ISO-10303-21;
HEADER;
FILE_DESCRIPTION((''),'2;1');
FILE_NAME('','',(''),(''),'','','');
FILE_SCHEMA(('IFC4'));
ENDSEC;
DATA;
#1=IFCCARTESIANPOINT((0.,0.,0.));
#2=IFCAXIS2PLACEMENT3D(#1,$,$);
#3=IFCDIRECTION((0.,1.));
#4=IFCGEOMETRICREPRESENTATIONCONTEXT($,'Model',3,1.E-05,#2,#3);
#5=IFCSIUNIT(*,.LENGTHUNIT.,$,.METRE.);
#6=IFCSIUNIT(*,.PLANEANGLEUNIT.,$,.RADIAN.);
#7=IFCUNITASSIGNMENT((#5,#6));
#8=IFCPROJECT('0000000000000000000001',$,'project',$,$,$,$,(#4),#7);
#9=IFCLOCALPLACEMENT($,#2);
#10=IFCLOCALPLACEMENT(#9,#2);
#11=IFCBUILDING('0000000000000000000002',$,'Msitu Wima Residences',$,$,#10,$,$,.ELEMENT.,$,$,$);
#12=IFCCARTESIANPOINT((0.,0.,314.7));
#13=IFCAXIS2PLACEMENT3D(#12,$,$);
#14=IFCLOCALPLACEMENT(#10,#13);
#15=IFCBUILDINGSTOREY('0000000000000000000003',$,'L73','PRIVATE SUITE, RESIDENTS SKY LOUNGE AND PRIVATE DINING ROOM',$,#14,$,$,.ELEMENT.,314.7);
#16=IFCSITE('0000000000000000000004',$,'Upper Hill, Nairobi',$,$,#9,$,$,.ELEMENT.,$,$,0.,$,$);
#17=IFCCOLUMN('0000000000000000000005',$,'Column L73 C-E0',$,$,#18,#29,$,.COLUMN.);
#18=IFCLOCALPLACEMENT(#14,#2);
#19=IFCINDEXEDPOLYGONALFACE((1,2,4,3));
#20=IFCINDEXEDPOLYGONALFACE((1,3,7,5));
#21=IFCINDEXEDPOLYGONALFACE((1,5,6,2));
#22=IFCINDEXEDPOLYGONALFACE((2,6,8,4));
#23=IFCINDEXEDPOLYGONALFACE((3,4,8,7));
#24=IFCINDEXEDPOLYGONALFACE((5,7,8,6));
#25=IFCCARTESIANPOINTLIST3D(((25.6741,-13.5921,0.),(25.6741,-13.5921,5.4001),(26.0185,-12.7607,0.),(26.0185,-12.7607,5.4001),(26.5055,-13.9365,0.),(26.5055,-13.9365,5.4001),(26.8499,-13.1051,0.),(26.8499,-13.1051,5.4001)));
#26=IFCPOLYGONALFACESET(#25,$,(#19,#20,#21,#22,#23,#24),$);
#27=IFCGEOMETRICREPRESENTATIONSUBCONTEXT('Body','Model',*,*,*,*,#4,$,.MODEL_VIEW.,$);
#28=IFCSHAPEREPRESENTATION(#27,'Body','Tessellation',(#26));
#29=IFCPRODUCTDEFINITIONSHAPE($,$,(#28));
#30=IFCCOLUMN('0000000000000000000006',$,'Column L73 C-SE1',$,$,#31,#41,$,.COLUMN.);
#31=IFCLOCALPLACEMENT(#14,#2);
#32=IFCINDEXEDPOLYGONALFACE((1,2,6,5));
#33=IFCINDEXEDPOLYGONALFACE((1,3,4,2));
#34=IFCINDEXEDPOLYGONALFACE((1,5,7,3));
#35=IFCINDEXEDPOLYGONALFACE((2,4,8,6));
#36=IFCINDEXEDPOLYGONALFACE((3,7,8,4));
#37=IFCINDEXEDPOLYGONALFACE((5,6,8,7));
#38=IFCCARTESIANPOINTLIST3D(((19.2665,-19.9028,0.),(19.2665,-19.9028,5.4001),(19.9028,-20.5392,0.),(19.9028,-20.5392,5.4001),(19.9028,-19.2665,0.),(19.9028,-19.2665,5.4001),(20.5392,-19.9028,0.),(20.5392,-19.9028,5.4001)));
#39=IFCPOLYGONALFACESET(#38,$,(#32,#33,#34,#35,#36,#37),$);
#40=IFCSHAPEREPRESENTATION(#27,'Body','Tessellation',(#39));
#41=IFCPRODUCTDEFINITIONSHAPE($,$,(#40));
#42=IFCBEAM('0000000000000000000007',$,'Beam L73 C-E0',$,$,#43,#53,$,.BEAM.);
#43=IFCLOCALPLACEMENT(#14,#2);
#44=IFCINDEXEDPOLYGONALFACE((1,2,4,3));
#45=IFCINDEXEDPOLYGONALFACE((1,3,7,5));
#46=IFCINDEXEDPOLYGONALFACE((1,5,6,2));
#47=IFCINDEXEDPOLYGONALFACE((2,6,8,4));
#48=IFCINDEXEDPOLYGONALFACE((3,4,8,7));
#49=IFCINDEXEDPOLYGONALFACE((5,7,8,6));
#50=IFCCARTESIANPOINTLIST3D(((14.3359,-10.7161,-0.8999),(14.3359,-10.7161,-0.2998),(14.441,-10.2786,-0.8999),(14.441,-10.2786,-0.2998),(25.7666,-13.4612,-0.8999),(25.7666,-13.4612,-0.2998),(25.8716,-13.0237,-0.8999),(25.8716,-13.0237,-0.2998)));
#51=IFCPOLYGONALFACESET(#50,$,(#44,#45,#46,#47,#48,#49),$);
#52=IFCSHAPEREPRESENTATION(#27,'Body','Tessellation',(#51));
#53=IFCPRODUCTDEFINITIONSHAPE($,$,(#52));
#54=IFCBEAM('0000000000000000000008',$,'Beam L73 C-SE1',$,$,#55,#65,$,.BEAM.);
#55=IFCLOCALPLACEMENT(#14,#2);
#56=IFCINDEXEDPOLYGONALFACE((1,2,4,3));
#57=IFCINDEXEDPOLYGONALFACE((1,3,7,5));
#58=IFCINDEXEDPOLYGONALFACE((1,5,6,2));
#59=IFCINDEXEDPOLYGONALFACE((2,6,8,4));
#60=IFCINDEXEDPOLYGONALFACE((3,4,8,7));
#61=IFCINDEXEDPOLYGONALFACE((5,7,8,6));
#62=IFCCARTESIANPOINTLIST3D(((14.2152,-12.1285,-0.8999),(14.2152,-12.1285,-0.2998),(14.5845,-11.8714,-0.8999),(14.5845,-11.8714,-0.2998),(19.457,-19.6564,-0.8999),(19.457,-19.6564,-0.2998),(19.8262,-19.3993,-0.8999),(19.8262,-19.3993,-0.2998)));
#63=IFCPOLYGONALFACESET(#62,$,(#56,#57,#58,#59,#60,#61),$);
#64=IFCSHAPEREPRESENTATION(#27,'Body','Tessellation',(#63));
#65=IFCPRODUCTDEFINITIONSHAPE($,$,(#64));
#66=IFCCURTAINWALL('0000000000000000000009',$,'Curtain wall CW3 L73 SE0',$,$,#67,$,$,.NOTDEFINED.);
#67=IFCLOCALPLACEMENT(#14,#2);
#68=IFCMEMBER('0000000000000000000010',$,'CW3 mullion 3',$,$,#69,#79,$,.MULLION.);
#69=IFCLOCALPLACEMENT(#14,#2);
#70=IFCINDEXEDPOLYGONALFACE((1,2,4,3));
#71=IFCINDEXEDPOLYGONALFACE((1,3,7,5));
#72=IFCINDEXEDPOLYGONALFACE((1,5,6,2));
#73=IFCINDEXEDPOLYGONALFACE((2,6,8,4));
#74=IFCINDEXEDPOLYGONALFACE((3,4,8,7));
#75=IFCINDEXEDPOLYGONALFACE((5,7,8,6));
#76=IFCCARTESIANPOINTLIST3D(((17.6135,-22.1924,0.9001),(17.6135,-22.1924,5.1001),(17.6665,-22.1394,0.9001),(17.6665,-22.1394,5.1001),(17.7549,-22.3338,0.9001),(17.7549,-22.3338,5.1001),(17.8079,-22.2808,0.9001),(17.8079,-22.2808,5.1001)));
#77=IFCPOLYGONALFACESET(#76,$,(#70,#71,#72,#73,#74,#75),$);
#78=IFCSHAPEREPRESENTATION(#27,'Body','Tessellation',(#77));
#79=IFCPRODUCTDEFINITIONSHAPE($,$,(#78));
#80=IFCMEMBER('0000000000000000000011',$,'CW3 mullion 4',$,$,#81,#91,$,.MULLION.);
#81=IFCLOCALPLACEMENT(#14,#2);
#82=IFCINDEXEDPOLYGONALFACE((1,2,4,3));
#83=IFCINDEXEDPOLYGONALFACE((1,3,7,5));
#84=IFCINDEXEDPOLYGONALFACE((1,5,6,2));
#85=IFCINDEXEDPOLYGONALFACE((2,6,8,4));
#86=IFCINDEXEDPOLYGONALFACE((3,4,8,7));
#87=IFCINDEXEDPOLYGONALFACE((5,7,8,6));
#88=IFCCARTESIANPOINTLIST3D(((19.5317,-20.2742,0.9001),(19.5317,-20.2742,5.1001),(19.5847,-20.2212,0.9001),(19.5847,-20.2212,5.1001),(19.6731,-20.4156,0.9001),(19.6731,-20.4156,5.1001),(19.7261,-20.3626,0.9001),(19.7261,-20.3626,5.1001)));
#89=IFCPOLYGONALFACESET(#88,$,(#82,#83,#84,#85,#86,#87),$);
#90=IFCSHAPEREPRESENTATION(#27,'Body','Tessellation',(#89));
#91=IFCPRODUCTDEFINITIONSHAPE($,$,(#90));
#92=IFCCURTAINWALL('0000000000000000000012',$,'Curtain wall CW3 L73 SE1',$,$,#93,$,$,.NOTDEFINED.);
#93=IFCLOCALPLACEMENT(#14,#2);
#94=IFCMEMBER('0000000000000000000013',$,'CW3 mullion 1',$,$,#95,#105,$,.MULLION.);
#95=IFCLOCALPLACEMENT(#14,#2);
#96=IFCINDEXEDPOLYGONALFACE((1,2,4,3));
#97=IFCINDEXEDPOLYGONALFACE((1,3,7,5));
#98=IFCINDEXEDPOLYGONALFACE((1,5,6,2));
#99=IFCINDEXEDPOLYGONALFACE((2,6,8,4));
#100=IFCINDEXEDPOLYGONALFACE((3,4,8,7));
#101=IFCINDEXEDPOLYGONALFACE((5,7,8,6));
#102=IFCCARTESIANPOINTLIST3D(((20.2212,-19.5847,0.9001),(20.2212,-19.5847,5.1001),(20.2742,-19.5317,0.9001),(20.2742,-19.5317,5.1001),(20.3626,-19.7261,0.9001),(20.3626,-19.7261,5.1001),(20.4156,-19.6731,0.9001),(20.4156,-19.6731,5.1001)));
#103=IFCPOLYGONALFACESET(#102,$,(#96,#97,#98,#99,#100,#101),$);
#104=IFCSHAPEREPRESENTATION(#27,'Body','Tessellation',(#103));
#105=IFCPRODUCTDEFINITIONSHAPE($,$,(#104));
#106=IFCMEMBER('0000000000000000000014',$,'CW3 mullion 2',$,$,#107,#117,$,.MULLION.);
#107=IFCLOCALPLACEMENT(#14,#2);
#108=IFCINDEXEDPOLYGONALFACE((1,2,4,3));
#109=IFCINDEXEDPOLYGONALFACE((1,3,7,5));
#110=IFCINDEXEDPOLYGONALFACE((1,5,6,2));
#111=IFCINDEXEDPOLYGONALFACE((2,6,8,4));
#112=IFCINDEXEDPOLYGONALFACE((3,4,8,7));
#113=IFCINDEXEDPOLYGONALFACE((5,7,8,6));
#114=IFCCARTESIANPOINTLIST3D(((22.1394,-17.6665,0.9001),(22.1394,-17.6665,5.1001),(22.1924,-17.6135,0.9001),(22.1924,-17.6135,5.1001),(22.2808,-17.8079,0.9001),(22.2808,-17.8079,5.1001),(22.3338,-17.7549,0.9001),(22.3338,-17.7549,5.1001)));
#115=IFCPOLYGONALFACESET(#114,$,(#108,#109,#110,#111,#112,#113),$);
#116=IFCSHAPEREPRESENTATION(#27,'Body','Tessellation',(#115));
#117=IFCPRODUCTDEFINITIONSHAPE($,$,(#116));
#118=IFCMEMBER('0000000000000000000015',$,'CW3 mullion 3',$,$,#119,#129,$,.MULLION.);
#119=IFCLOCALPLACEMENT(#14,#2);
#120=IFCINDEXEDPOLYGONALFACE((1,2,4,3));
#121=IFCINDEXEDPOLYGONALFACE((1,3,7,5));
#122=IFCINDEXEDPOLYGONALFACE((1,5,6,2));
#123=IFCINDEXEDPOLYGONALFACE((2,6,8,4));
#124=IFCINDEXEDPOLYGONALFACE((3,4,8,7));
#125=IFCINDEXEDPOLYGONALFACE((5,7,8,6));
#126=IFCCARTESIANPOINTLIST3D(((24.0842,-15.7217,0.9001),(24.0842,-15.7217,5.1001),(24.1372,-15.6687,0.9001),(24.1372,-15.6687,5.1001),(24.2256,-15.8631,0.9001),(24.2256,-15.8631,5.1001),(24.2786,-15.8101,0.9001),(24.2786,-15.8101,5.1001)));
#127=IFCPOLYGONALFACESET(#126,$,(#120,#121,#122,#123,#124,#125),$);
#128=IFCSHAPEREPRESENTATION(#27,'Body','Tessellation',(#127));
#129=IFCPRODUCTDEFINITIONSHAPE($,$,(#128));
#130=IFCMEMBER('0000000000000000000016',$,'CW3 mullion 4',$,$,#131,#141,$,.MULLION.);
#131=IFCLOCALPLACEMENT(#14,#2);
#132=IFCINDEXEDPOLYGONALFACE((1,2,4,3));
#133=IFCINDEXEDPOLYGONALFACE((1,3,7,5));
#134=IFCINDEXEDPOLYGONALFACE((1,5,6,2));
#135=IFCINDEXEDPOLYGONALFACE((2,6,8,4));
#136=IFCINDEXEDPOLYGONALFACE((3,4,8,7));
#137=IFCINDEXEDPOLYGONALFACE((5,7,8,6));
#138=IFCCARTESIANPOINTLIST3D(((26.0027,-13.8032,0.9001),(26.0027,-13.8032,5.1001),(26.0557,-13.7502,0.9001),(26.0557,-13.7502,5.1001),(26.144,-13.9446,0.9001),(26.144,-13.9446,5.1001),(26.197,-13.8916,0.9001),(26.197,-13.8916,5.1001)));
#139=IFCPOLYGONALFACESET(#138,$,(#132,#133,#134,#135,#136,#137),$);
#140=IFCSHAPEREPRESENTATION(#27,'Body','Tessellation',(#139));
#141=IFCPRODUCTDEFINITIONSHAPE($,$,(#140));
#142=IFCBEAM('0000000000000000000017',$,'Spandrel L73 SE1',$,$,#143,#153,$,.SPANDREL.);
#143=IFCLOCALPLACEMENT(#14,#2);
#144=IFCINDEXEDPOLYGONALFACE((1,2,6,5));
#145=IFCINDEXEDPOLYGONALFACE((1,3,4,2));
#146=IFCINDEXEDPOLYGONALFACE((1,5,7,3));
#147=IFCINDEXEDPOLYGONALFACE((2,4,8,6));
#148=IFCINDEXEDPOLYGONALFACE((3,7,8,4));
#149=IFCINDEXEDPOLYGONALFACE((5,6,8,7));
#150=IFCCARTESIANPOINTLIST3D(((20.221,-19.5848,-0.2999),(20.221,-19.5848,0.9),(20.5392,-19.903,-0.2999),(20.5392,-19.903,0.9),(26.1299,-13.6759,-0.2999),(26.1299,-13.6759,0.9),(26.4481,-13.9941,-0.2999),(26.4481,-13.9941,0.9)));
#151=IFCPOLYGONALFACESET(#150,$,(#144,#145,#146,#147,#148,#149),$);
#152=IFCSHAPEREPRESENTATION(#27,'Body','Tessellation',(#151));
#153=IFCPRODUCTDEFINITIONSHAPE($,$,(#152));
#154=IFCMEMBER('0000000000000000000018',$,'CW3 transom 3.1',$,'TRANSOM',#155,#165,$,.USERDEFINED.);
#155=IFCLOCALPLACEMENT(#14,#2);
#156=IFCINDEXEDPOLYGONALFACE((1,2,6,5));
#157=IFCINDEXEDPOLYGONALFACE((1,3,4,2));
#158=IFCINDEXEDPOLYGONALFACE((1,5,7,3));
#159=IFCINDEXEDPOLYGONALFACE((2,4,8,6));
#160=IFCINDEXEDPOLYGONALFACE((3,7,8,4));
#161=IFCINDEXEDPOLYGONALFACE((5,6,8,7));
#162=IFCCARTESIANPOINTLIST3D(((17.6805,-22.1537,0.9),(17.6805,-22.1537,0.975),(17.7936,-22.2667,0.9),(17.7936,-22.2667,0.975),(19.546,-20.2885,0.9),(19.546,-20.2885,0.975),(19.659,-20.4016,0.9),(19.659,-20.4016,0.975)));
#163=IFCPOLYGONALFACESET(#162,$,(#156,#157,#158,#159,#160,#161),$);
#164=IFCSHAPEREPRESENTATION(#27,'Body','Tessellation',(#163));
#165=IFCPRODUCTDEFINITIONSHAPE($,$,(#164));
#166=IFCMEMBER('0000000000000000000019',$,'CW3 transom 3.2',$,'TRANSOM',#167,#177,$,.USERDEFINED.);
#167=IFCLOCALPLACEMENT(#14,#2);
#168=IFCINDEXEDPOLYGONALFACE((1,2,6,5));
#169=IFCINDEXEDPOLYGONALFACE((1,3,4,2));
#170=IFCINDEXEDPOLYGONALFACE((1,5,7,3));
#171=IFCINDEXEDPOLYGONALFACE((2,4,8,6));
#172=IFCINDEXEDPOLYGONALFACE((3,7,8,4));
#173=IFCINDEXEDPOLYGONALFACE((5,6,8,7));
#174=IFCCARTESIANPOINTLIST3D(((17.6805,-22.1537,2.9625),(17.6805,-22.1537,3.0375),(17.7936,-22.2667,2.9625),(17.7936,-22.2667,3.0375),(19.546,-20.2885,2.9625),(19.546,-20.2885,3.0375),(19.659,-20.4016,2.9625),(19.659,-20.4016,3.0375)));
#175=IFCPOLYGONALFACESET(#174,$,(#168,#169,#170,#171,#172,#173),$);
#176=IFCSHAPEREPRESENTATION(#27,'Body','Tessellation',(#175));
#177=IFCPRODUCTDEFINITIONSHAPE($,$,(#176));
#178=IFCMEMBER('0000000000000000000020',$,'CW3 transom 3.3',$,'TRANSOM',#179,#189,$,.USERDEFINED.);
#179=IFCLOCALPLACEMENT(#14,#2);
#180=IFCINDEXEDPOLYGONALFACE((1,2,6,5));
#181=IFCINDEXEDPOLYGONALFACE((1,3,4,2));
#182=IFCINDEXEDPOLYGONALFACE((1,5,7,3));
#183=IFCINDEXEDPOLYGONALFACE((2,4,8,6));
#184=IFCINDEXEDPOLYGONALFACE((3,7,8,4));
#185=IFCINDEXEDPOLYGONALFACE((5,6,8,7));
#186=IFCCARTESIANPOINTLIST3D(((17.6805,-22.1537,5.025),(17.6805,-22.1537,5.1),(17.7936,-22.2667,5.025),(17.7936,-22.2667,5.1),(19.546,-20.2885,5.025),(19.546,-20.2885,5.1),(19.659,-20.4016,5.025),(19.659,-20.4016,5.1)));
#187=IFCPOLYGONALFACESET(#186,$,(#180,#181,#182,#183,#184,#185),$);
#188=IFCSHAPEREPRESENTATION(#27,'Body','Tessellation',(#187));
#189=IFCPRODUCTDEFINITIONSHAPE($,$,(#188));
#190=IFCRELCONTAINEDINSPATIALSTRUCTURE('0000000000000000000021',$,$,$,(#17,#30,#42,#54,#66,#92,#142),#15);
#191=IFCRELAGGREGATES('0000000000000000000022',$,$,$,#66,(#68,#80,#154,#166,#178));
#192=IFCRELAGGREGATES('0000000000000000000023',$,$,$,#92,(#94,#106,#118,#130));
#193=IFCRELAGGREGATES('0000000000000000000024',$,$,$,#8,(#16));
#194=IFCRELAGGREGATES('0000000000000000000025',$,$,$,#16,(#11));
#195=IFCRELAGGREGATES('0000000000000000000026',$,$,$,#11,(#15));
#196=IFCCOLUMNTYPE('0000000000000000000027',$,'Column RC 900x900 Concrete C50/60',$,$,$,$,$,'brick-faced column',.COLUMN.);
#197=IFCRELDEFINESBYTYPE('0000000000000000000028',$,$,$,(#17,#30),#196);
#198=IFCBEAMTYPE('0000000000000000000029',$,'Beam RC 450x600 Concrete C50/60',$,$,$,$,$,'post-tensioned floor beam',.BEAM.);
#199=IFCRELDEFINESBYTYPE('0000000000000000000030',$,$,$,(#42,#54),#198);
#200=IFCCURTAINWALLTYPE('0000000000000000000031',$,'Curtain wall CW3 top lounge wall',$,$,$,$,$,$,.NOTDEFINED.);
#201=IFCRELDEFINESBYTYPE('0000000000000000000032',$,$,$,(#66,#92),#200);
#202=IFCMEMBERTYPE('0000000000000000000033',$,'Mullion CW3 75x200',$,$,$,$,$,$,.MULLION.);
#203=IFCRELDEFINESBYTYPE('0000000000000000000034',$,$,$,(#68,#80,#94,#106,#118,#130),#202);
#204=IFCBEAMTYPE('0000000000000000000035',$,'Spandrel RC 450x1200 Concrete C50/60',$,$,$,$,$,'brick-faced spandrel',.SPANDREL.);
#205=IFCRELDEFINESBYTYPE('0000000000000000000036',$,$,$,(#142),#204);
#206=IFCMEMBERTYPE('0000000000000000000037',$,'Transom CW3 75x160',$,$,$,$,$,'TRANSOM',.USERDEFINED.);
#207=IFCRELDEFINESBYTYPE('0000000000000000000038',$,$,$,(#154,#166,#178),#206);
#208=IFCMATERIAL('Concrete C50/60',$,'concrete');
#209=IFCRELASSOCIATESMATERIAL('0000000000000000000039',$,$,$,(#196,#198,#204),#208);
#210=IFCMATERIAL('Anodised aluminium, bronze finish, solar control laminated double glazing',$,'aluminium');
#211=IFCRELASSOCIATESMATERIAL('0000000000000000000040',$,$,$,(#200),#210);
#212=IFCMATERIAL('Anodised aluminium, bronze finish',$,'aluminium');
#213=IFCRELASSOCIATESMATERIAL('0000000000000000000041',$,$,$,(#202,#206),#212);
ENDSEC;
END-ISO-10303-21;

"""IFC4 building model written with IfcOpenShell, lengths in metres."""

from ifc_helpers import new_model, si_unit, direction, frame, origin, origin_2d, place, context, subcontext, project, spatial, rectangle, extrude, material, material_profile, profile_set, type_object, element, aggregate, save


model = new_model("IFC4")

# Units and contexts
model_context = context("Model", 3, precision=1e-05, world=origin(), true_north=direction((0.0, 1.0)))
body_context = subcontext(model_context, "Body", "Model", "MODEL_VIEW")
ifc_project = project(units=[si_unit("LENGTHUNIT", "METRE"), si_unit("PLANEANGLEUNIT", "RADIAN")], contexts=[model_context])

# Site, building, storey
site_placement = place(None, origin())
site = spatial("IfcSite", under=ifc_project, at=site_placement, Name="Upper Hill, Nairobi", CompositionType="ELEMENT", RefElevation=0.0)
building_placement = place(site_placement, origin())
building = spatial("IfcBuilding", under=site, at=building_placement, Name="Msitu Wima Residences", CompositionType="ELEMENT")
storey_placement = place(building_placement, frame((0.0, 0.0, 314.7)))
storey = spatial("IfcBuildingStorey", under=building, at=storey_placement, Name="L73", Description="PRIVATE SUITE, RESIDENTS SKY LOUNGE AND PRIVATE DINING ROOM", CompositionType="ELEMENT", Elevation=314.7)

# Columns
ifc_material_1 = material(Name="Concrete C50/60", Category="concrete")
ifc_material_profile_1 = material_profile(ifc_material_1, rectangle(XDim=0.8999, YDim=0.8999, at=origin_2d()), Name="RC 900x900")
ifc_profile_set_1 = profile_set([ifc_material_profile_1], Name="Concrete C50/60")
column_type = type_object("IfcColumnType", Name="Column RC 900x900 Concrete C50/60", ElementType="brick-faced column", PredefinedType="COLUMN", material=ifc_profile_set_1)
for number, where, z_axis, x_axis, name in (
    (1, (26.262, -13.3486, 0.0), (0.0, 0.0, 1.0), (0.382683, 0.92388, 0.0), "Column L73 C-E0"),
    (2, (19.9028, -19.9028, 0.0), (0.0, 0.0, 1.0), (0.707107, 0.707107, 0.0), "Column L73 C-SE1"),
):
    element("IfcColumn", number, at=place(storey_placement, frame(where, z_axis=z_axis, x_axis=x_axis)), inside=storey, type_object=column_type, Name=name, PredefinedType="COLUMN", context=body_context, shape_type="SweptSolid", body=[
        extrude(rectangle(XDim=0.8999, YDim=0.8999, at=origin_2d()), origin(), (0.0, 0.0, 1.0), 5.4001),
    ])

# Beams
ifc_material_profile_2 = material_profile(ifc_material_1, rectangle(XDim=0.45, YDim=0.6001, at=origin_2d()), Name="RC 450x600")
ifc_profile_set_2 = profile_set([ifc_material_profile_2], Name="Concrete C50/60")
beam_type_1 = type_object("IfcBeamType", Name="Beam RC 450x600 Concrete C50/60", ElementType="post-tensioned floor beam", PredefinedType="BEAM", material=ifc_profile_set_2)
beam_1_placement = place(storey_placement, frame((25.8191, -13.2424, -0.5999), z_axis=(-0.972353, 0.233514, 0.0), x_axis=(-0.233514, -0.972353, 0.0)))
element("IfcBeam", 3, at=beam_1_placement, inside=storey, type_object=beam_type_1, Name="Beam L73 C-E0", PredefinedType="BEAM", context=body_context, shape_type="SweptSolid", body=[
    extrude(rectangle(XDim=0.45, YDim=0.6001, at=origin_2d()), origin(), (0.0, 0.0, 1.0), 11.7556),
])
beam_2_placement = place(storey_placement, frame((19.6416, -19.5278, -0.5999), z_axis=(-0.571428, 0.820652, 0.0), x_axis=(-0.820652, -0.571428, 0.0)))
element("IfcBeam", 4, at=beam_2_placement, inside=storey, type_object=beam_type_1, Name="Beam L73 C-SE1", PredefinedType="BEAM", context=body_context, shape_type="SweptSolid", body=[
    extrude(rectangle(XDim=0.45, YDim=0.6001, at=origin_2d()), origin(), (0.0, 0.0, 1.0), 9.1731),
])

# Curtain walls, members
ifc_material_2 = material(Name="Anodised aluminium, bronze finish, solar control laminated double glazing", Category="aluminium")
curtain_wall_type = type_object("IfcCurtainWallType", Name="Curtain wall CW3 top lounge wall", PredefinedType="NOTDEFINED", material=ifc_material_2)
curtain_wall_1_placement = place(storey_placement, origin())
curtain_wall_1 = element("IfcCurtainWall", 5, at=curtain_wall_1_placement, inside=storey, type_object=curtain_wall_type, Name="Curtain wall CW3 L73 SE0", PredefinedType="NOTDEFINED")
ifc_material_3 = material(Name="Anodised aluminium, bronze finish", Category="aluminium")
ifc_material_profile_3 = material_profile(ifc_material_3, rectangle(XDim=0.2, YDim=0.075, at=origin_2d()), Name="Mullion 75x200")
ifc_profile_set_3 = profile_set([ifc_material_profile_3], Name="Anodised aluminium, bronze finish")
member_type_1 = type_object("IfcMemberType", Name="Mullion CW3 75x200", PredefinedType="MULLION", material=ifc_profile_set_3)
member_1_placement = place(storey_placement, frame((17.7107, -22.2366, 0.9001), z_axis=(0.0, 0.0, 1.0), x_axis=(-0.707107, 0.707107, 0.0)))
member_1 = element("IfcMember", 6, at=member_1_placement, type_object=member_type_1, Name="CW3 mullion 3", PredefinedType="MULLION", context=body_context, shape_type="SweptSolid", body=[
    extrude(rectangle(XDim=0.2, YDim=0.075, at=origin_2d()), origin(), (0.0, 0.0, 1.0), 4.2),
])
member_2_placement = place(storey_placement, frame((19.6289, -20.3184, 0.9001), z_axis=(0.0, 0.0, 1.0), x_axis=(-0.707107, 0.707107, 0.0)))
member_2 = element("IfcMember", 7, at=member_2_placement, type_object=member_type_1, Name="CW3 mullion 4", PredefinedType="MULLION", context=body_context, shape_type="SweptSolid", body=[
    extrude(rectangle(XDim=0.2, YDim=0.075, at=origin_2d()), origin(), (0.0, 0.0, 1.0), 4.2),
])
curtain_wall_2_placement = place(storey_placement, origin())
curtain_wall_2 = element("IfcCurtainWall", 8, at=curtain_wall_2_placement, inside=storey, type_object=curtain_wall_type, Name="Curtain wall CW3 L73 SE1", PredefinedType="NOTDEFINED")
member_3_placement = place(storey_placement, frame((20.3184, -19.6289, 0.9001), z_axis=(0.0, 0.0, 1.0), x_axis=(-0.707107, 0.707107, 0.0)))
member_3 = element("IfcMember", 9, at=member_3_placement, type_object=member_type_1, Name="CW3 mullion 1", PredefinedType="MULLION", context=body_context, shape_type="SweptSolid", body=[
    extrude(rectangle(XDim=0.2, YDim=0.075, at=origin_2d()), origin(), (0.0, 0.0, 1.0), 4.2),
])
member_4_placement = place(storey_placement, frame((22.2366, -17.7107, 0.9001), z_axis=(0.0, 0.0, 1.0), x_axis=(-0.707107, 0.707107, 0.0)))
member_4 = element("IfcMember", 10, at=member_4_placement, type_object=member_type_1, Name="CW3 mullion 2", PredefinedType="MULLION", context=body_context, shape_type="SweptSolid", body=[
    extrude(rectangle(XDim=0.2, YDim=0.075, at=origin_2d()), origin(), (0.0, 0.0, 1.0), 4.2),
])
member_5_placement = place(storey_placement, frame((24.1814, -15.7659, 0.9001), z_axis=(0.0, 0.0, 1.0), x_axis=(-0.707107, 0.707107, 0.0)))
member_5 = element("IfcMember", 11, at=member_5_placement, type_object=member_type_1, Name="CW3 mullion 3", PredefinedType="MULLION", context=body_context, shape_type="SweptSolid", body=[
    extrude(rectangle(XDim=0.2, YDim=0.075, at=origin_2d()), origin(), (0.0, 0.0, 1.0), 4.2),
])
member_6_placement = place(storey_placement, frame((26.0999, -13.8474, 0.9001), z_axis=(0.0, 0.0, 1.0), x_axis=(-0.707107, 0.707107, 0.0)))
member_6 = element("IfcMember", 12, at=member_6_placement, type_object=member_type_1, Name="CW3 mullion 4", PredefinedType="MULLION", context=body_context, shape_type="SweptSolid", body=[
    extrude(rectangle(XDim=0.2, YDim=0.075, at=origin_2d()), origin(), (0.0, 0.0, 1.0), 4.2),
])

# Beam
ifc_material_profile_4 = material_profile(ifc_material_1, rectangle(XDim=0.45, YDim=1.2, at=origin_2d()), Name="RC 450x1200")
ifc_profile_set_4 = profile_set([ifc_material_profile_4], Name="Concrete C50/60")
beam_type_2 = type_object("IfcBeamType", Name="Spandrel RC 450x1200 Concrete C50/60", ElementType="brick-faced spandrel", PredefinedType="SPANDREL", material=ifc_profile_set_4)
beam_3_placement = place(storey_placement, frame((20.3801, -19.7439, 0.3), z_axis=(0.707107, 0.707107, 0.0), x_axis=(-0.707107, 0.707107, 0.0)))
element("IfcBeam", 13, at=beam_3_placement, inside=storey, type_object=beam_type_2, Name="Spandrel L73 SE1", PredefinedType="SPANDREL", context=body_context, shape_type="SweptSolid", body=[
    extrude(rectangle(XDim=0.45, YDim=1.2, at=origin_2d()), origin(), (0.0, 0.0, 1.0), 8.3564),
])

# Members
ifc_material_profile_5 = material_profile(ifc_material_3, rectangle(XDim=0.1599, YDim=0.075, at=origin_2d()), Name="Transom 75x160")
ifc_profile_set_5 = profile_set([ifc_material_profile_5], Name="Anodised aluminium, bronze finish")
member_type_2 = type_object("IfcMemberType", Name="Transom CW3 75x160", ElementType="TRANSOM", PredefinedType="USERDEFINED", material=ifc_profile_set_5)
member_7_placement = place(storey_placement, frame((17.7371, -22.2102, 0.9375), z_axis=(0.707153, 0.707061, 0.0), x_axis=(-0.707061, 0.707153, 0.0)))
member_7 = element("IfcMember", 14, at=member_7_placement, type_object=member_type_2, Name="CW3 transom 3.1", ObjectType="TRANSOM", PredefinedType="USERDEFINED", context=body_context, shape_type="SweptSolid", body=[
    extrude(rectangle(XDim=0.1599, YDim=0.075, at=origin_2d()), origin(), (0.0, 0.0, 1.0), 2.6379),
])
member_8_placement = place(storey_placement, frame((17.7371, -22.2102, 3.0), z_axis=(0.707153, 0.707061, 0.0), x_axis=(-0.707061, 0.707153, 0.0)))
member_8 = element("IfcMember", 15, at=member_8_placement, type_object=member_type_2, Name="CW3 transom 3.2", ObjectType="TRANSOM", PredefinedType="USERDEFINED", context=body_context, shape_type="SweptSolid", body=[
    extrude(rectangle(XDim=0.1599, YDim=0.075, at=origin_2d()), origin(), (0.0, 0.0, 1.0), 2.6379),
])
member_9_placement = place(storey_placement, frame((17.7371, -22.2102, 5.0625), z_axis=(0.707153, 0.707061, 0.0), x_axis=(-0.707061, 0.707153, 0.0)))
member_9 = element("IfcMember", 16, at=member_9_placement, type_object=member_type_2, Name="CW3 transom 3.3", ObjectType="TRANSOM", PredefinedType="USERDEFINED", context=body_context, shape_type="SweptSolid", body=[
    extrude(rectangle(XDim=0.1599, YDim=0.075, at=origin_2d()), origin(), (0.0, 0.0, 1.0), 2.6379),
])

aggregate(curtain_wall_1, [member_1, member_2, member_7, member_8, member_9])
aggregate(curtain_wall_2, [member_3, member_4, member_5, member_6])

save(model, "model.ifc")
